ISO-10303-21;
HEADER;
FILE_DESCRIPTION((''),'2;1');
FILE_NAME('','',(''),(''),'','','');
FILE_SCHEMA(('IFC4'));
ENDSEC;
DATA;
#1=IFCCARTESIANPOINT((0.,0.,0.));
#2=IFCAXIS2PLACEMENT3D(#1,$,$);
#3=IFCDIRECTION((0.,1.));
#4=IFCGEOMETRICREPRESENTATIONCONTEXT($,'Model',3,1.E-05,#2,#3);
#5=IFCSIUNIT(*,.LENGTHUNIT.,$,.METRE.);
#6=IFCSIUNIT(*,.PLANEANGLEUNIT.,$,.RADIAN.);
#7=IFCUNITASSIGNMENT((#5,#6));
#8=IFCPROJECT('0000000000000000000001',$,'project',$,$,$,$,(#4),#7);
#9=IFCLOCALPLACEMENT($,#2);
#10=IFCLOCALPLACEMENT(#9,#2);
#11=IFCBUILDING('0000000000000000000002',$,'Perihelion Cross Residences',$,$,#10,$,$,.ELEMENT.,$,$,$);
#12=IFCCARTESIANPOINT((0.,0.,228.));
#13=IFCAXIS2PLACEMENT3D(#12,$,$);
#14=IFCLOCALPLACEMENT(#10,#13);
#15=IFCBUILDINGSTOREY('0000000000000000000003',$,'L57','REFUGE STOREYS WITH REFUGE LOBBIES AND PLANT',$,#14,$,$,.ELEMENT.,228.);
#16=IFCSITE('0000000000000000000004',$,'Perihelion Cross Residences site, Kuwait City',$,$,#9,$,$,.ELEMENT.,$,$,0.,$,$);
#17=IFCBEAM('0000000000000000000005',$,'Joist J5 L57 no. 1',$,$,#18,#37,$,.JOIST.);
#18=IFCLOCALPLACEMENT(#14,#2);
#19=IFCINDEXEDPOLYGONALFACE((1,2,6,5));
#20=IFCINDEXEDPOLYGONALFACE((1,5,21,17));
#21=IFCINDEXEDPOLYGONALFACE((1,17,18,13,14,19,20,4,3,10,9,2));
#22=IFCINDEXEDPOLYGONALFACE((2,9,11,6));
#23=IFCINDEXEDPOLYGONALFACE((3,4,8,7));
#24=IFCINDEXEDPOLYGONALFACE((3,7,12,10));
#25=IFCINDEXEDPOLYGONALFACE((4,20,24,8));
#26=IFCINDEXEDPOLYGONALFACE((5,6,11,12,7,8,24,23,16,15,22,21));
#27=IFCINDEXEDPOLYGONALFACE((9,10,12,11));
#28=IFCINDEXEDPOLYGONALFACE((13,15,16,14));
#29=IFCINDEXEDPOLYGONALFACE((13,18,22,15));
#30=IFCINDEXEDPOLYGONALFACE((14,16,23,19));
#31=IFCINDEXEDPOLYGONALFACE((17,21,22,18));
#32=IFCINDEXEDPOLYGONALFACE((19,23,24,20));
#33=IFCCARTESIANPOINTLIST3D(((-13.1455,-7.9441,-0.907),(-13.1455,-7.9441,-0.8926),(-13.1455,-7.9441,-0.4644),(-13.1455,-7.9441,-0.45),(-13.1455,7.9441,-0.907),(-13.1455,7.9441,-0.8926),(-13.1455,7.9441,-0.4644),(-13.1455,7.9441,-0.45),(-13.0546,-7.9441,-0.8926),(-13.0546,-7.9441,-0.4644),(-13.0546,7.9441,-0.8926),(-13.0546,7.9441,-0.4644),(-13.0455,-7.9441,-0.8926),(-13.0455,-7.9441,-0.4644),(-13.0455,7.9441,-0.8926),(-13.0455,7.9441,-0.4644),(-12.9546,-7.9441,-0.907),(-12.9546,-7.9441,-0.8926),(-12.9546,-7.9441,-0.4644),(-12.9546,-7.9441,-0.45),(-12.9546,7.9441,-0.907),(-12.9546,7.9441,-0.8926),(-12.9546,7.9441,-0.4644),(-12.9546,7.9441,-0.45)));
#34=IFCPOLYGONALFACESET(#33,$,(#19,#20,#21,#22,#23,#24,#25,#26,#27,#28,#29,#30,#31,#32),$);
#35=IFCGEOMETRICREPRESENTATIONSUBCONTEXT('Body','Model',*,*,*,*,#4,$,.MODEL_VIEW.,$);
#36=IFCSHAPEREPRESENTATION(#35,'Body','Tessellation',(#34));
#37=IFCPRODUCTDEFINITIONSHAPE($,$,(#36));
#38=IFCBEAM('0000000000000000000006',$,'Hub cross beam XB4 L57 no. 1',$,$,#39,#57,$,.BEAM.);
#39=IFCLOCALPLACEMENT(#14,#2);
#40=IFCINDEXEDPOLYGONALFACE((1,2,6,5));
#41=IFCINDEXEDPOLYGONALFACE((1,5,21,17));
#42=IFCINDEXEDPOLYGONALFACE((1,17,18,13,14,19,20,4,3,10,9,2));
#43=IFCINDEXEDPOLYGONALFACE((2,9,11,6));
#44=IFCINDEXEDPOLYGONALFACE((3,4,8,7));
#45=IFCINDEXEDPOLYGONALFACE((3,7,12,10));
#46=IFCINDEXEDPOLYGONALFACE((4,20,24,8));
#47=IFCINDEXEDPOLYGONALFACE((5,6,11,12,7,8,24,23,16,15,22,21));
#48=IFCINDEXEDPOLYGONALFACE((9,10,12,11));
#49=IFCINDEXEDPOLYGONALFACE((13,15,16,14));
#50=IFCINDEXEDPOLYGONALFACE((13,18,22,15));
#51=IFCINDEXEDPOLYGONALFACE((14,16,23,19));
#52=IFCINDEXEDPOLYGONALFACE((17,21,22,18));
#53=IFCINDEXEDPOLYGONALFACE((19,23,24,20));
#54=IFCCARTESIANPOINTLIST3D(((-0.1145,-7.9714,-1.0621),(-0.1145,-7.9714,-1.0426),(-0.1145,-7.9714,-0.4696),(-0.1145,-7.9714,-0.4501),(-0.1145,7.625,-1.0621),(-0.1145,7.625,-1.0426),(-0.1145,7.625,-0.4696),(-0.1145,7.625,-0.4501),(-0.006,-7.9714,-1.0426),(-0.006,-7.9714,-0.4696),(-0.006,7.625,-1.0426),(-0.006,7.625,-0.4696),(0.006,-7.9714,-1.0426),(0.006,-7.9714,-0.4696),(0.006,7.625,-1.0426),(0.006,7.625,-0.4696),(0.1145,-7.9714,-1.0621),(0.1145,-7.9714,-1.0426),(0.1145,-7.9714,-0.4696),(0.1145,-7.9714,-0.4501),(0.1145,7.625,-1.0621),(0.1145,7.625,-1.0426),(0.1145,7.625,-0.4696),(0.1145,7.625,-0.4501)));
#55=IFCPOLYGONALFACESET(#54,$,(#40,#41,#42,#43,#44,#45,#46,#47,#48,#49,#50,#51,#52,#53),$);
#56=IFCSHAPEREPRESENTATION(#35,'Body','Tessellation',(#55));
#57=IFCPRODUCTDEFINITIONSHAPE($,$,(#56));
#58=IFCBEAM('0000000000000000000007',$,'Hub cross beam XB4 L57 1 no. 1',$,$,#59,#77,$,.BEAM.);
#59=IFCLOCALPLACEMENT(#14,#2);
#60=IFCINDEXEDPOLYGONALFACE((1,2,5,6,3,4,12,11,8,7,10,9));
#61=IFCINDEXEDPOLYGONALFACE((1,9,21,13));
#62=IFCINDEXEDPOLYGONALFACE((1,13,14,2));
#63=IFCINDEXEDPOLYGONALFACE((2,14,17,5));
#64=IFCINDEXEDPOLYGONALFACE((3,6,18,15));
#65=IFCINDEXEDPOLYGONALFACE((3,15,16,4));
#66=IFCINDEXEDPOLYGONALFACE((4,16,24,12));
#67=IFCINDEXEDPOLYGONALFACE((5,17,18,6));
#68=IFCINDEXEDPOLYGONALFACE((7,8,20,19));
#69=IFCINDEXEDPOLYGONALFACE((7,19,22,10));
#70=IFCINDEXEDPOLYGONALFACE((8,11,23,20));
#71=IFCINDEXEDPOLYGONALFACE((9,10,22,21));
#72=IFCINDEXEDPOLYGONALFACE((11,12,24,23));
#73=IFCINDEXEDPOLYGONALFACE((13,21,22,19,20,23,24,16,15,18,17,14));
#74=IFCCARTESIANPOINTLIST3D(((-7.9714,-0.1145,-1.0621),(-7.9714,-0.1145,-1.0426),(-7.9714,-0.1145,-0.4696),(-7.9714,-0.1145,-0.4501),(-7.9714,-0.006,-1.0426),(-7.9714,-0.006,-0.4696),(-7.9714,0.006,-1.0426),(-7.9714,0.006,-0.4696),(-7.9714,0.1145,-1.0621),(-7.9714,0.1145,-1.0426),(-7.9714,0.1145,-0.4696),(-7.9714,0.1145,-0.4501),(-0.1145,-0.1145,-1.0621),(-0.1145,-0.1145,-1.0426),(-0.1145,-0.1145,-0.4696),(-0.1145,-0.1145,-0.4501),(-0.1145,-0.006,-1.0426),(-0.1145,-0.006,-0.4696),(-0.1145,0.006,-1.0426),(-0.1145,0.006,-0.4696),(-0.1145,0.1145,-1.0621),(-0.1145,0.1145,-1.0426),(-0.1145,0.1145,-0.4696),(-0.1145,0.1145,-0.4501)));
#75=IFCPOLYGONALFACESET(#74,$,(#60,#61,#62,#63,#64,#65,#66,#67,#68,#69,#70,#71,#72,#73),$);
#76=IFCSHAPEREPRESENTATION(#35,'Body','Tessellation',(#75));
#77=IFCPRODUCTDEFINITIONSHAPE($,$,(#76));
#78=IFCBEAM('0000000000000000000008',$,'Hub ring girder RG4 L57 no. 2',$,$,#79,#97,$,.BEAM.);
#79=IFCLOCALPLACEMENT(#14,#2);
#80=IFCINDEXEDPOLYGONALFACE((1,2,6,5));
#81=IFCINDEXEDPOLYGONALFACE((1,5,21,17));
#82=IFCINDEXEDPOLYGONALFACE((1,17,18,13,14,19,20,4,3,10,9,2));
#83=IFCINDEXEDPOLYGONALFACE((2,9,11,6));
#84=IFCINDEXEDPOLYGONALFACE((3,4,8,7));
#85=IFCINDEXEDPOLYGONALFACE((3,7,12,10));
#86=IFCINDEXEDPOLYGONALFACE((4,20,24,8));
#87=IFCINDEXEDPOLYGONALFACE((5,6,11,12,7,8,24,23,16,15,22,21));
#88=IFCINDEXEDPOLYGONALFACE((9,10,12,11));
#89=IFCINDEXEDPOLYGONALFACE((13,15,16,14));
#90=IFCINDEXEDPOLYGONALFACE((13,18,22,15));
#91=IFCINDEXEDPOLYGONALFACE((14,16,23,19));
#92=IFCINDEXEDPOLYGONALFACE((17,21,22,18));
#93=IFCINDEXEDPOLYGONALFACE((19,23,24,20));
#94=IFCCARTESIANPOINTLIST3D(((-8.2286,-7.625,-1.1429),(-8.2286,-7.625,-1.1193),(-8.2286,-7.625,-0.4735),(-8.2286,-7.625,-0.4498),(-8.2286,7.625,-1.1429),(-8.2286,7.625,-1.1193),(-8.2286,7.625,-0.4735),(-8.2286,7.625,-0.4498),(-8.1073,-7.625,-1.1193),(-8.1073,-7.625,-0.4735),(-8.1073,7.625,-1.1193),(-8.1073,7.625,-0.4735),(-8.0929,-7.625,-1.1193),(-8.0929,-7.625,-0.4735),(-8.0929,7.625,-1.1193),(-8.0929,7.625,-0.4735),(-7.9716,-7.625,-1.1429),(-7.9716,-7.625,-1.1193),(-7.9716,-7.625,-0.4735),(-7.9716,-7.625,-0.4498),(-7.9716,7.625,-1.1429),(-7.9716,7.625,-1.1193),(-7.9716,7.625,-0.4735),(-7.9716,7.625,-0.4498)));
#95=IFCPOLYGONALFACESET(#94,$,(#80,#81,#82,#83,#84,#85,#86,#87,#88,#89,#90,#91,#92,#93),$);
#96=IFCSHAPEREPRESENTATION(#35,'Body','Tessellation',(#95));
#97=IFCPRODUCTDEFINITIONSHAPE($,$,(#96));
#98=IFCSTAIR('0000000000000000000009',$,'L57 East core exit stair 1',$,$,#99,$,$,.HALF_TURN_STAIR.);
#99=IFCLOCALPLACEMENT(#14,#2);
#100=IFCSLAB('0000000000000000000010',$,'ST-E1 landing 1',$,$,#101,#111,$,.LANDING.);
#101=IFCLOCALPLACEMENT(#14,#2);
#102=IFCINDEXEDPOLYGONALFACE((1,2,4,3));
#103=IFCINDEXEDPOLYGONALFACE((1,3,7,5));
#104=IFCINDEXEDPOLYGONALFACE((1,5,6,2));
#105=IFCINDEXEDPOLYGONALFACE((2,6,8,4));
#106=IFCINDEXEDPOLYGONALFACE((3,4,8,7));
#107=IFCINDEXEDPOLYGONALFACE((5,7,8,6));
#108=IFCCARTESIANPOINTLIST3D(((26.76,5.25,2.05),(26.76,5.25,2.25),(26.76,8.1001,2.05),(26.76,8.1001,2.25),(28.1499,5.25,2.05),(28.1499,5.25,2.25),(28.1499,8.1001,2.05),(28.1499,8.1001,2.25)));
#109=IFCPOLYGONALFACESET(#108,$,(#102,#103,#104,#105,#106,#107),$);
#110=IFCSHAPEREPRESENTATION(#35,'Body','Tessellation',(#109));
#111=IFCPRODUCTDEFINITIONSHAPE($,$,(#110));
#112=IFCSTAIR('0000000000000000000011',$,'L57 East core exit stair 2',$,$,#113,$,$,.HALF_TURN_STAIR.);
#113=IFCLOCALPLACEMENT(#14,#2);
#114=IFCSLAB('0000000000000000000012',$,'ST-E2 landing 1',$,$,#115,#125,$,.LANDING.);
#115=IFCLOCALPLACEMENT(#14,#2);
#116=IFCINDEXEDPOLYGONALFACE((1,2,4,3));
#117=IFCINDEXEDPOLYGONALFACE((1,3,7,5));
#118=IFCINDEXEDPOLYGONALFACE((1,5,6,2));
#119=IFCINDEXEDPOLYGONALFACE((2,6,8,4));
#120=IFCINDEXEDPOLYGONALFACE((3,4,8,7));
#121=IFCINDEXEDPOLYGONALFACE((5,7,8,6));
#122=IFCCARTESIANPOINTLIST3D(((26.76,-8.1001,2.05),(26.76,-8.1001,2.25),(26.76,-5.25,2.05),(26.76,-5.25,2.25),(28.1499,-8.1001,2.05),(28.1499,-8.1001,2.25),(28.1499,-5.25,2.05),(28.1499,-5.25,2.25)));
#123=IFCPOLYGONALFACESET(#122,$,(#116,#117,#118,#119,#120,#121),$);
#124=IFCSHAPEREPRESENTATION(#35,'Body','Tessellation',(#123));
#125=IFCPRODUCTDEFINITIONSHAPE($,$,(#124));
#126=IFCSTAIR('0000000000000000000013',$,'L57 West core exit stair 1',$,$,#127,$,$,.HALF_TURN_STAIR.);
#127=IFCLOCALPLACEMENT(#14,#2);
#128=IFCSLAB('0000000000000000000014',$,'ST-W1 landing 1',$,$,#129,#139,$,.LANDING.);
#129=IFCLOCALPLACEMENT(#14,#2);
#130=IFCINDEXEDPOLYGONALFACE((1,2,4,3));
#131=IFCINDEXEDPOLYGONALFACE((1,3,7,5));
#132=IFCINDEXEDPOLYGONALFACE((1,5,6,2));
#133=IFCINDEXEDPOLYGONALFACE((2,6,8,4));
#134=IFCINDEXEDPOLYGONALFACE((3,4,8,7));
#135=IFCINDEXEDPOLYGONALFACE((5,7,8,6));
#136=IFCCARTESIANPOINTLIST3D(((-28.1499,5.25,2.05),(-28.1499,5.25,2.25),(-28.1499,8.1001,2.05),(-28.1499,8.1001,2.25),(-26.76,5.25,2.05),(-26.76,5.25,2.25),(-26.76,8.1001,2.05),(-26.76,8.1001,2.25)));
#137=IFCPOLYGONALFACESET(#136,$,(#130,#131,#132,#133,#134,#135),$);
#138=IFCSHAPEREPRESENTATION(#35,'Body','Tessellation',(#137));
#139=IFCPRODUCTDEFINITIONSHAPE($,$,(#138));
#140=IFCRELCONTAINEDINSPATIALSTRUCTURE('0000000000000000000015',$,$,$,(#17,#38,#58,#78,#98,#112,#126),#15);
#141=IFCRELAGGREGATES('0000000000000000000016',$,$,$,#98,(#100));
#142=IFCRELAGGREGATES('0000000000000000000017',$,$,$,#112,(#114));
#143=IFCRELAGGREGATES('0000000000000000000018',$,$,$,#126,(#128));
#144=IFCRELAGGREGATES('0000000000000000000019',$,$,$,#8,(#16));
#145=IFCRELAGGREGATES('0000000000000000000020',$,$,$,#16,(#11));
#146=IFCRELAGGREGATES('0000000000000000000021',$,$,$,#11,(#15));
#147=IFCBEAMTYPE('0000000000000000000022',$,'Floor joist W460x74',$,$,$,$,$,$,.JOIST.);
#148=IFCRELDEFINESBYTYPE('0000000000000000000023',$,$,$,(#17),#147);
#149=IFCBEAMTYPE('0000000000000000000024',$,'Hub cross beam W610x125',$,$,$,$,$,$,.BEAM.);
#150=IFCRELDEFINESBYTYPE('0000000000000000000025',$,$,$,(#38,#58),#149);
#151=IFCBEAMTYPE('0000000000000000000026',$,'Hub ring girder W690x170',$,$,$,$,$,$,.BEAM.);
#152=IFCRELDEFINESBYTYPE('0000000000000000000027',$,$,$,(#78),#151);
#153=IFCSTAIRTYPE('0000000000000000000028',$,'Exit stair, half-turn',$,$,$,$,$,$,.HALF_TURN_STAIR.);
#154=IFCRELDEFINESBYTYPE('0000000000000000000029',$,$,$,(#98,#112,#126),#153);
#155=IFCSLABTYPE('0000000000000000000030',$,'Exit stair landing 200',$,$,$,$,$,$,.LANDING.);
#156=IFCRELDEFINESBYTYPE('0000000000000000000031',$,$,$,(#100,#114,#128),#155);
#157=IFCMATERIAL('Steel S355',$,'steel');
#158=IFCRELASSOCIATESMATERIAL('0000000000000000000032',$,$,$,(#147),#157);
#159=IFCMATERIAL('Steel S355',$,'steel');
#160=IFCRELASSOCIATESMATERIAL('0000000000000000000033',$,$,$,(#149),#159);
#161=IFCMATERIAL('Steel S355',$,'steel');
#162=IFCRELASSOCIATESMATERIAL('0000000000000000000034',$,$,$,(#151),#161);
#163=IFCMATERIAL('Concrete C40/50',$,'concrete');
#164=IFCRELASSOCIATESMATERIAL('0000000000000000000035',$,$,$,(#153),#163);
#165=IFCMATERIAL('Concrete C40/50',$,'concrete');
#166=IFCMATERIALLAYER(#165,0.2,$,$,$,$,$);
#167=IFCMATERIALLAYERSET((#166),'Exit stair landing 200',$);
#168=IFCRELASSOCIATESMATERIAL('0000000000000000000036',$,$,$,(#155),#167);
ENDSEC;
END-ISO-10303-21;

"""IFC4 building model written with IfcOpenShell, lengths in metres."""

from ifc_helpers import new_model, si_unit, direction, frame, origin, origin_2d, place, context, subcontext, project, spatial, polyline, i_section, outline, extrude, material, layer, layer_set, material_profile, profile_set, type_object, element, aggregate, save


model = new_model("IFC4")

# Units and contexts
model_context = context("Model", 3, precision=1e-05, world=origin(), true_north=direction((0.0, 1.0)))
body_context = subcontext(model_context, "Body", "Model", "MODEL_VIEW")
ifc_project = project(units=[si_unit("LENGTHUNIT", "METRE"), si_unit("PLANEANGLEUNIT", "RADIAN")], contexts=[model_context])

# Site, building, storey
site_placement = place(None, origin())
site = spatial("IfcSite", under=ifc_project, at=site_placement, Name="Perihelion Cross Residences site, Kuwait City", CompositionType="ELEMENT", RefElevation=0.0)
building_placement = place(site_placement, origin())
building = spatial("IfcBuilding", under=site, at=building_placement, Name="Perihelion Cross Residences", CompositionType="ELEMENT")
storey_placement = place(building_placement, frame((0.0, 0.0, 228.0)))
storey = spatial("IfcBuildingStorey", under=building, at=storey_placement, Name="L57", Description="REFUGE STOREYS WITH REFUGE LOBBIES AND PLANT", CompositionType="ELEMENT", Elevation=228.0)

# Beams
ifc_material_1 = material(Name="Steel S355", Category="steel")
ifc_material_profile_1 = material_profile(ifc_material_1, i_section(OverallWidth=0.1909, OverallDepth=0.457, WebThickness=0.009, FlangeThickness=0.0144, at=origin_2d()), Name="W460x74")
ifc_profile_set_1 = profile_set([ifc_material_profile_1], Name="Steel S355")
beam_type_1 = type_object("IfcBeamType", Name="Floor joist W460x74", PredefinedType="JOIST", material=ifc_profile_set_1)
beam_1_placement = place(storey_placement, frame((-13.05, -7.9441, -0.6785), z_axis=(0.0, 1.0, 0.0), x_axis=(-1.0, 0.0, 0.0)))
element("IfcBeam", 1, at=beam_1_placement, inside=storey, type_object=beam_type_1, Name="Joist J5 L57 no. 1", PredefinedType="JOIST", context=body_context, shape_type="SweptSolid", body=[
    extrude(i_section(OverallWidth=0.1909, OverallDepth=0.457, WebThickness=0.009, FlangeThickness=0.0144, at=origin_2d()), origin(), (0.0, 0.0, 1.0), 15.8882),
])
ifc_material_2 = material(Name="Steel S355", Category="steel")
ifc_material_profile_2 = material_profile(ifc_material_2, i_section(OverallWidth=0.229, OverallDepth=0.6121, WebThickness=0.012, FlangeThickness=0.0195, at=origin_2d()), Name="W610x125")
ifc_profile_set_2 = profile_set([ifc_material_profile_2], Name="Steel S355")
beam_type_2 = type_object("IfcBeamType", Name="Hub cross beam W610x125", PredefinedType="BEAM", material=ifc_profile_set_2)
beam_2_placement = place(storey_placement, frame((0.0, -7.9714, -0.7561), z_axis=(0.0, 1.0, 0.0), x_axis=(-1.0, 0.0, 0.0)))
element("IfcBeam", 2, at=beam_2_placement, inside=storey, type_object=beam_type_2, Name="Hub cross beam XB4 L57 no. 1", PredefinedType="BEAM", context=body_context, shape_type="SweptSolid", body=[
    extrude(i_section(OverallWidth=0.229, OverallDepth=0.6121, WebThickness=0.012, FlangeThickness=0.0195, at=origin_2d()), origin(), (0.0, 0.0, 1.0), 15.5964),
])
beam_3_placement = place(storey_placement, frame((-7.9714, 0.0, -0.7561), z_axis=(1.0, 0.0, 0.0), x_axis=(0.0, 1.0, 0.0)))
element("IfcBeam", 3, at=beam_3_placement, inside=storey, type_object=beam_type_2, Name="Hub cross beam XB4 L57 1 no. 1", PredefinedType="BEAM", context=body_context, shape_type="SweptSolid", body=[
    extrude(i_section(OverallWidth=0.229, OverallDepth=0.6121, WebThickness=0.012, FlangeThickness=0.0195, at=origin_2d()), origin(), (0.0, 0.0, 1.0), 7.8569),
])
ifc_material_3 = material(Name="Steel S355", Category="steel")
ifc_material_profile_3 = material_profile(ifc_material_3, i_section(OverallWidth=0.2571, OverallDepth=0.6931, WebThickness=0.0144, FlangeThickness=0.0237, at=origin_2d()), Name="W690x170")
ifc_profile_set_3 = profile_set([ifc_material_profile_3], Name="Steel S355")
beam_type_3 = type_object("IfcBeamType", Name="Hub ring girder W690x170", PredefinedType="BEAM", material=ifc_profile_set_3)
beam_4_placement = place(storey_placement, frame((-8.1001, 7.625, -0.7964), z_axis=(0.0, -1.0, 0.0), x_axis=(1.0, 0.0, 0.0)))
element("IfcBeam", 4, at=beam_4_placement, inside=storey, type_object=beam_type_3, Name="Hub ring girder RG4 L57 no. 2", PredefinedType="BEAM", context=body_context, shape_type="SweptSolid", body=[
    extrude(i_section(OverallWidth=0.2571, OverallDepth=0.6931, WebThickness=0.0144, FlangeThickness=0.0237, at=origin_2d()), origin(), (0.0, 0.0, 1.0), 15.25),
])

# Stairs, slabs
ifc_material_4 = material(Name="Concrete C40/50", Category="concrete")
stair_type = type_object("IfcStairType", Name="Exit stair, half-turn", PredefinedType="HALF_TURN_STAIR", material=ifc_material_4)
stair_1_placement = place(storey_placement, origin())
stair_1 = element("IfcStair", 5, at=stair_1_placement, inside=storey, type_object=stair_type, Name="L57 East core exit stair 1", PredefinedType="HALF_TURN_STAIR")
ifc_material_5 = material(Name="Concrete C40/50", Category="concrete")
ifc_layer_1 = layer(ifc_material_5, 0.2)
ifc_layer_set_1 = layer_set([ifc_layer_1], Name="Exit stair landing 200")
slab_type_1 = type_object("IfcSlabType", Name="Exit stair landing 200", PredefinedType="LANDING", material=ifc_layer_set_1)
slab_1_placement = place(storey_placement, frame((0.0, 0.0, 2.05)))
slab_1 = element("IfcSlab", 6, at=slab_1_placement, type_object=slab_type_1, Name="ST-E1 landing 1", PredefinedType="LANDING", context=body_context, shape_type="SweptSolid", body=[
    extrude(outline(polyline([(26.76, 5.25), (28.1499, 5.25), (28.1499, 8.1001), (26.76, 8.1001), (26.76, 5.25)])), origin(), (0.0, 0.0, 1.0), 0.2),
])
aggregate(stair_1, [slab_1])
stair_2_placement = place(storey_placement, origin())
stair_2 = element("IfcStair", 7, at=stair_2_placement, inside=storey, type_object=stair_type, Name="L57 East core exit stair 2", PredefinedType="HALF_TURN_STAIR")
slab_2_placement = place(storey_placement, frame((0.0, 0.0, 2.05)))
slab_2 = element("IfcSlab", 8, at=slab_2_placement, type_object=slab_type_1, Name="ST-E2 landing 1", PredefinedType="LANDING", context=body_context, shape_type="SweptSolid", body=[
    extrude(outline(polyline([(26.76, -8.1001), (28.1499, -8.1001), (28.1499, -5.25), (26.76, -5.25), (26.76, -8.1001)])), origin(), (0.0, 0.0, 1.0), 0.2),
])
aggregate(stair_2, [slab_2])
stair_3_placement = place(storey_placement, origin())
stair_3 = element("IfcStair", 9, at=stair_3_placement, inside=storey, type_object=stair_type, Name="L57 West core exit stair 1", PredefinedType="HALF_TURN_STAIR")
slab_3_placement = place(storey_placement, frame((0.0, 0.0, 2.05)))
slab_3 = element("IfcSlab", 10, at=slab_3_placement, type_object=slab_type_1, Name="ST-W1 landing 1", PredefinedType="LANDING", context=body_context, shape_type="SweptSolid", body=[
    extrude(outline(polyline([(-26.76, 8.1001), (-28.1499, 8.1001), (-28.1499, 5.25), (-26.76, 5.25), (-26.76, 8.1001)])), origin(), (0.0, 0.0, 1.0), 0.2),
])
aggregate(stair_3, [slab_3])

save(model, "model.ifc")
